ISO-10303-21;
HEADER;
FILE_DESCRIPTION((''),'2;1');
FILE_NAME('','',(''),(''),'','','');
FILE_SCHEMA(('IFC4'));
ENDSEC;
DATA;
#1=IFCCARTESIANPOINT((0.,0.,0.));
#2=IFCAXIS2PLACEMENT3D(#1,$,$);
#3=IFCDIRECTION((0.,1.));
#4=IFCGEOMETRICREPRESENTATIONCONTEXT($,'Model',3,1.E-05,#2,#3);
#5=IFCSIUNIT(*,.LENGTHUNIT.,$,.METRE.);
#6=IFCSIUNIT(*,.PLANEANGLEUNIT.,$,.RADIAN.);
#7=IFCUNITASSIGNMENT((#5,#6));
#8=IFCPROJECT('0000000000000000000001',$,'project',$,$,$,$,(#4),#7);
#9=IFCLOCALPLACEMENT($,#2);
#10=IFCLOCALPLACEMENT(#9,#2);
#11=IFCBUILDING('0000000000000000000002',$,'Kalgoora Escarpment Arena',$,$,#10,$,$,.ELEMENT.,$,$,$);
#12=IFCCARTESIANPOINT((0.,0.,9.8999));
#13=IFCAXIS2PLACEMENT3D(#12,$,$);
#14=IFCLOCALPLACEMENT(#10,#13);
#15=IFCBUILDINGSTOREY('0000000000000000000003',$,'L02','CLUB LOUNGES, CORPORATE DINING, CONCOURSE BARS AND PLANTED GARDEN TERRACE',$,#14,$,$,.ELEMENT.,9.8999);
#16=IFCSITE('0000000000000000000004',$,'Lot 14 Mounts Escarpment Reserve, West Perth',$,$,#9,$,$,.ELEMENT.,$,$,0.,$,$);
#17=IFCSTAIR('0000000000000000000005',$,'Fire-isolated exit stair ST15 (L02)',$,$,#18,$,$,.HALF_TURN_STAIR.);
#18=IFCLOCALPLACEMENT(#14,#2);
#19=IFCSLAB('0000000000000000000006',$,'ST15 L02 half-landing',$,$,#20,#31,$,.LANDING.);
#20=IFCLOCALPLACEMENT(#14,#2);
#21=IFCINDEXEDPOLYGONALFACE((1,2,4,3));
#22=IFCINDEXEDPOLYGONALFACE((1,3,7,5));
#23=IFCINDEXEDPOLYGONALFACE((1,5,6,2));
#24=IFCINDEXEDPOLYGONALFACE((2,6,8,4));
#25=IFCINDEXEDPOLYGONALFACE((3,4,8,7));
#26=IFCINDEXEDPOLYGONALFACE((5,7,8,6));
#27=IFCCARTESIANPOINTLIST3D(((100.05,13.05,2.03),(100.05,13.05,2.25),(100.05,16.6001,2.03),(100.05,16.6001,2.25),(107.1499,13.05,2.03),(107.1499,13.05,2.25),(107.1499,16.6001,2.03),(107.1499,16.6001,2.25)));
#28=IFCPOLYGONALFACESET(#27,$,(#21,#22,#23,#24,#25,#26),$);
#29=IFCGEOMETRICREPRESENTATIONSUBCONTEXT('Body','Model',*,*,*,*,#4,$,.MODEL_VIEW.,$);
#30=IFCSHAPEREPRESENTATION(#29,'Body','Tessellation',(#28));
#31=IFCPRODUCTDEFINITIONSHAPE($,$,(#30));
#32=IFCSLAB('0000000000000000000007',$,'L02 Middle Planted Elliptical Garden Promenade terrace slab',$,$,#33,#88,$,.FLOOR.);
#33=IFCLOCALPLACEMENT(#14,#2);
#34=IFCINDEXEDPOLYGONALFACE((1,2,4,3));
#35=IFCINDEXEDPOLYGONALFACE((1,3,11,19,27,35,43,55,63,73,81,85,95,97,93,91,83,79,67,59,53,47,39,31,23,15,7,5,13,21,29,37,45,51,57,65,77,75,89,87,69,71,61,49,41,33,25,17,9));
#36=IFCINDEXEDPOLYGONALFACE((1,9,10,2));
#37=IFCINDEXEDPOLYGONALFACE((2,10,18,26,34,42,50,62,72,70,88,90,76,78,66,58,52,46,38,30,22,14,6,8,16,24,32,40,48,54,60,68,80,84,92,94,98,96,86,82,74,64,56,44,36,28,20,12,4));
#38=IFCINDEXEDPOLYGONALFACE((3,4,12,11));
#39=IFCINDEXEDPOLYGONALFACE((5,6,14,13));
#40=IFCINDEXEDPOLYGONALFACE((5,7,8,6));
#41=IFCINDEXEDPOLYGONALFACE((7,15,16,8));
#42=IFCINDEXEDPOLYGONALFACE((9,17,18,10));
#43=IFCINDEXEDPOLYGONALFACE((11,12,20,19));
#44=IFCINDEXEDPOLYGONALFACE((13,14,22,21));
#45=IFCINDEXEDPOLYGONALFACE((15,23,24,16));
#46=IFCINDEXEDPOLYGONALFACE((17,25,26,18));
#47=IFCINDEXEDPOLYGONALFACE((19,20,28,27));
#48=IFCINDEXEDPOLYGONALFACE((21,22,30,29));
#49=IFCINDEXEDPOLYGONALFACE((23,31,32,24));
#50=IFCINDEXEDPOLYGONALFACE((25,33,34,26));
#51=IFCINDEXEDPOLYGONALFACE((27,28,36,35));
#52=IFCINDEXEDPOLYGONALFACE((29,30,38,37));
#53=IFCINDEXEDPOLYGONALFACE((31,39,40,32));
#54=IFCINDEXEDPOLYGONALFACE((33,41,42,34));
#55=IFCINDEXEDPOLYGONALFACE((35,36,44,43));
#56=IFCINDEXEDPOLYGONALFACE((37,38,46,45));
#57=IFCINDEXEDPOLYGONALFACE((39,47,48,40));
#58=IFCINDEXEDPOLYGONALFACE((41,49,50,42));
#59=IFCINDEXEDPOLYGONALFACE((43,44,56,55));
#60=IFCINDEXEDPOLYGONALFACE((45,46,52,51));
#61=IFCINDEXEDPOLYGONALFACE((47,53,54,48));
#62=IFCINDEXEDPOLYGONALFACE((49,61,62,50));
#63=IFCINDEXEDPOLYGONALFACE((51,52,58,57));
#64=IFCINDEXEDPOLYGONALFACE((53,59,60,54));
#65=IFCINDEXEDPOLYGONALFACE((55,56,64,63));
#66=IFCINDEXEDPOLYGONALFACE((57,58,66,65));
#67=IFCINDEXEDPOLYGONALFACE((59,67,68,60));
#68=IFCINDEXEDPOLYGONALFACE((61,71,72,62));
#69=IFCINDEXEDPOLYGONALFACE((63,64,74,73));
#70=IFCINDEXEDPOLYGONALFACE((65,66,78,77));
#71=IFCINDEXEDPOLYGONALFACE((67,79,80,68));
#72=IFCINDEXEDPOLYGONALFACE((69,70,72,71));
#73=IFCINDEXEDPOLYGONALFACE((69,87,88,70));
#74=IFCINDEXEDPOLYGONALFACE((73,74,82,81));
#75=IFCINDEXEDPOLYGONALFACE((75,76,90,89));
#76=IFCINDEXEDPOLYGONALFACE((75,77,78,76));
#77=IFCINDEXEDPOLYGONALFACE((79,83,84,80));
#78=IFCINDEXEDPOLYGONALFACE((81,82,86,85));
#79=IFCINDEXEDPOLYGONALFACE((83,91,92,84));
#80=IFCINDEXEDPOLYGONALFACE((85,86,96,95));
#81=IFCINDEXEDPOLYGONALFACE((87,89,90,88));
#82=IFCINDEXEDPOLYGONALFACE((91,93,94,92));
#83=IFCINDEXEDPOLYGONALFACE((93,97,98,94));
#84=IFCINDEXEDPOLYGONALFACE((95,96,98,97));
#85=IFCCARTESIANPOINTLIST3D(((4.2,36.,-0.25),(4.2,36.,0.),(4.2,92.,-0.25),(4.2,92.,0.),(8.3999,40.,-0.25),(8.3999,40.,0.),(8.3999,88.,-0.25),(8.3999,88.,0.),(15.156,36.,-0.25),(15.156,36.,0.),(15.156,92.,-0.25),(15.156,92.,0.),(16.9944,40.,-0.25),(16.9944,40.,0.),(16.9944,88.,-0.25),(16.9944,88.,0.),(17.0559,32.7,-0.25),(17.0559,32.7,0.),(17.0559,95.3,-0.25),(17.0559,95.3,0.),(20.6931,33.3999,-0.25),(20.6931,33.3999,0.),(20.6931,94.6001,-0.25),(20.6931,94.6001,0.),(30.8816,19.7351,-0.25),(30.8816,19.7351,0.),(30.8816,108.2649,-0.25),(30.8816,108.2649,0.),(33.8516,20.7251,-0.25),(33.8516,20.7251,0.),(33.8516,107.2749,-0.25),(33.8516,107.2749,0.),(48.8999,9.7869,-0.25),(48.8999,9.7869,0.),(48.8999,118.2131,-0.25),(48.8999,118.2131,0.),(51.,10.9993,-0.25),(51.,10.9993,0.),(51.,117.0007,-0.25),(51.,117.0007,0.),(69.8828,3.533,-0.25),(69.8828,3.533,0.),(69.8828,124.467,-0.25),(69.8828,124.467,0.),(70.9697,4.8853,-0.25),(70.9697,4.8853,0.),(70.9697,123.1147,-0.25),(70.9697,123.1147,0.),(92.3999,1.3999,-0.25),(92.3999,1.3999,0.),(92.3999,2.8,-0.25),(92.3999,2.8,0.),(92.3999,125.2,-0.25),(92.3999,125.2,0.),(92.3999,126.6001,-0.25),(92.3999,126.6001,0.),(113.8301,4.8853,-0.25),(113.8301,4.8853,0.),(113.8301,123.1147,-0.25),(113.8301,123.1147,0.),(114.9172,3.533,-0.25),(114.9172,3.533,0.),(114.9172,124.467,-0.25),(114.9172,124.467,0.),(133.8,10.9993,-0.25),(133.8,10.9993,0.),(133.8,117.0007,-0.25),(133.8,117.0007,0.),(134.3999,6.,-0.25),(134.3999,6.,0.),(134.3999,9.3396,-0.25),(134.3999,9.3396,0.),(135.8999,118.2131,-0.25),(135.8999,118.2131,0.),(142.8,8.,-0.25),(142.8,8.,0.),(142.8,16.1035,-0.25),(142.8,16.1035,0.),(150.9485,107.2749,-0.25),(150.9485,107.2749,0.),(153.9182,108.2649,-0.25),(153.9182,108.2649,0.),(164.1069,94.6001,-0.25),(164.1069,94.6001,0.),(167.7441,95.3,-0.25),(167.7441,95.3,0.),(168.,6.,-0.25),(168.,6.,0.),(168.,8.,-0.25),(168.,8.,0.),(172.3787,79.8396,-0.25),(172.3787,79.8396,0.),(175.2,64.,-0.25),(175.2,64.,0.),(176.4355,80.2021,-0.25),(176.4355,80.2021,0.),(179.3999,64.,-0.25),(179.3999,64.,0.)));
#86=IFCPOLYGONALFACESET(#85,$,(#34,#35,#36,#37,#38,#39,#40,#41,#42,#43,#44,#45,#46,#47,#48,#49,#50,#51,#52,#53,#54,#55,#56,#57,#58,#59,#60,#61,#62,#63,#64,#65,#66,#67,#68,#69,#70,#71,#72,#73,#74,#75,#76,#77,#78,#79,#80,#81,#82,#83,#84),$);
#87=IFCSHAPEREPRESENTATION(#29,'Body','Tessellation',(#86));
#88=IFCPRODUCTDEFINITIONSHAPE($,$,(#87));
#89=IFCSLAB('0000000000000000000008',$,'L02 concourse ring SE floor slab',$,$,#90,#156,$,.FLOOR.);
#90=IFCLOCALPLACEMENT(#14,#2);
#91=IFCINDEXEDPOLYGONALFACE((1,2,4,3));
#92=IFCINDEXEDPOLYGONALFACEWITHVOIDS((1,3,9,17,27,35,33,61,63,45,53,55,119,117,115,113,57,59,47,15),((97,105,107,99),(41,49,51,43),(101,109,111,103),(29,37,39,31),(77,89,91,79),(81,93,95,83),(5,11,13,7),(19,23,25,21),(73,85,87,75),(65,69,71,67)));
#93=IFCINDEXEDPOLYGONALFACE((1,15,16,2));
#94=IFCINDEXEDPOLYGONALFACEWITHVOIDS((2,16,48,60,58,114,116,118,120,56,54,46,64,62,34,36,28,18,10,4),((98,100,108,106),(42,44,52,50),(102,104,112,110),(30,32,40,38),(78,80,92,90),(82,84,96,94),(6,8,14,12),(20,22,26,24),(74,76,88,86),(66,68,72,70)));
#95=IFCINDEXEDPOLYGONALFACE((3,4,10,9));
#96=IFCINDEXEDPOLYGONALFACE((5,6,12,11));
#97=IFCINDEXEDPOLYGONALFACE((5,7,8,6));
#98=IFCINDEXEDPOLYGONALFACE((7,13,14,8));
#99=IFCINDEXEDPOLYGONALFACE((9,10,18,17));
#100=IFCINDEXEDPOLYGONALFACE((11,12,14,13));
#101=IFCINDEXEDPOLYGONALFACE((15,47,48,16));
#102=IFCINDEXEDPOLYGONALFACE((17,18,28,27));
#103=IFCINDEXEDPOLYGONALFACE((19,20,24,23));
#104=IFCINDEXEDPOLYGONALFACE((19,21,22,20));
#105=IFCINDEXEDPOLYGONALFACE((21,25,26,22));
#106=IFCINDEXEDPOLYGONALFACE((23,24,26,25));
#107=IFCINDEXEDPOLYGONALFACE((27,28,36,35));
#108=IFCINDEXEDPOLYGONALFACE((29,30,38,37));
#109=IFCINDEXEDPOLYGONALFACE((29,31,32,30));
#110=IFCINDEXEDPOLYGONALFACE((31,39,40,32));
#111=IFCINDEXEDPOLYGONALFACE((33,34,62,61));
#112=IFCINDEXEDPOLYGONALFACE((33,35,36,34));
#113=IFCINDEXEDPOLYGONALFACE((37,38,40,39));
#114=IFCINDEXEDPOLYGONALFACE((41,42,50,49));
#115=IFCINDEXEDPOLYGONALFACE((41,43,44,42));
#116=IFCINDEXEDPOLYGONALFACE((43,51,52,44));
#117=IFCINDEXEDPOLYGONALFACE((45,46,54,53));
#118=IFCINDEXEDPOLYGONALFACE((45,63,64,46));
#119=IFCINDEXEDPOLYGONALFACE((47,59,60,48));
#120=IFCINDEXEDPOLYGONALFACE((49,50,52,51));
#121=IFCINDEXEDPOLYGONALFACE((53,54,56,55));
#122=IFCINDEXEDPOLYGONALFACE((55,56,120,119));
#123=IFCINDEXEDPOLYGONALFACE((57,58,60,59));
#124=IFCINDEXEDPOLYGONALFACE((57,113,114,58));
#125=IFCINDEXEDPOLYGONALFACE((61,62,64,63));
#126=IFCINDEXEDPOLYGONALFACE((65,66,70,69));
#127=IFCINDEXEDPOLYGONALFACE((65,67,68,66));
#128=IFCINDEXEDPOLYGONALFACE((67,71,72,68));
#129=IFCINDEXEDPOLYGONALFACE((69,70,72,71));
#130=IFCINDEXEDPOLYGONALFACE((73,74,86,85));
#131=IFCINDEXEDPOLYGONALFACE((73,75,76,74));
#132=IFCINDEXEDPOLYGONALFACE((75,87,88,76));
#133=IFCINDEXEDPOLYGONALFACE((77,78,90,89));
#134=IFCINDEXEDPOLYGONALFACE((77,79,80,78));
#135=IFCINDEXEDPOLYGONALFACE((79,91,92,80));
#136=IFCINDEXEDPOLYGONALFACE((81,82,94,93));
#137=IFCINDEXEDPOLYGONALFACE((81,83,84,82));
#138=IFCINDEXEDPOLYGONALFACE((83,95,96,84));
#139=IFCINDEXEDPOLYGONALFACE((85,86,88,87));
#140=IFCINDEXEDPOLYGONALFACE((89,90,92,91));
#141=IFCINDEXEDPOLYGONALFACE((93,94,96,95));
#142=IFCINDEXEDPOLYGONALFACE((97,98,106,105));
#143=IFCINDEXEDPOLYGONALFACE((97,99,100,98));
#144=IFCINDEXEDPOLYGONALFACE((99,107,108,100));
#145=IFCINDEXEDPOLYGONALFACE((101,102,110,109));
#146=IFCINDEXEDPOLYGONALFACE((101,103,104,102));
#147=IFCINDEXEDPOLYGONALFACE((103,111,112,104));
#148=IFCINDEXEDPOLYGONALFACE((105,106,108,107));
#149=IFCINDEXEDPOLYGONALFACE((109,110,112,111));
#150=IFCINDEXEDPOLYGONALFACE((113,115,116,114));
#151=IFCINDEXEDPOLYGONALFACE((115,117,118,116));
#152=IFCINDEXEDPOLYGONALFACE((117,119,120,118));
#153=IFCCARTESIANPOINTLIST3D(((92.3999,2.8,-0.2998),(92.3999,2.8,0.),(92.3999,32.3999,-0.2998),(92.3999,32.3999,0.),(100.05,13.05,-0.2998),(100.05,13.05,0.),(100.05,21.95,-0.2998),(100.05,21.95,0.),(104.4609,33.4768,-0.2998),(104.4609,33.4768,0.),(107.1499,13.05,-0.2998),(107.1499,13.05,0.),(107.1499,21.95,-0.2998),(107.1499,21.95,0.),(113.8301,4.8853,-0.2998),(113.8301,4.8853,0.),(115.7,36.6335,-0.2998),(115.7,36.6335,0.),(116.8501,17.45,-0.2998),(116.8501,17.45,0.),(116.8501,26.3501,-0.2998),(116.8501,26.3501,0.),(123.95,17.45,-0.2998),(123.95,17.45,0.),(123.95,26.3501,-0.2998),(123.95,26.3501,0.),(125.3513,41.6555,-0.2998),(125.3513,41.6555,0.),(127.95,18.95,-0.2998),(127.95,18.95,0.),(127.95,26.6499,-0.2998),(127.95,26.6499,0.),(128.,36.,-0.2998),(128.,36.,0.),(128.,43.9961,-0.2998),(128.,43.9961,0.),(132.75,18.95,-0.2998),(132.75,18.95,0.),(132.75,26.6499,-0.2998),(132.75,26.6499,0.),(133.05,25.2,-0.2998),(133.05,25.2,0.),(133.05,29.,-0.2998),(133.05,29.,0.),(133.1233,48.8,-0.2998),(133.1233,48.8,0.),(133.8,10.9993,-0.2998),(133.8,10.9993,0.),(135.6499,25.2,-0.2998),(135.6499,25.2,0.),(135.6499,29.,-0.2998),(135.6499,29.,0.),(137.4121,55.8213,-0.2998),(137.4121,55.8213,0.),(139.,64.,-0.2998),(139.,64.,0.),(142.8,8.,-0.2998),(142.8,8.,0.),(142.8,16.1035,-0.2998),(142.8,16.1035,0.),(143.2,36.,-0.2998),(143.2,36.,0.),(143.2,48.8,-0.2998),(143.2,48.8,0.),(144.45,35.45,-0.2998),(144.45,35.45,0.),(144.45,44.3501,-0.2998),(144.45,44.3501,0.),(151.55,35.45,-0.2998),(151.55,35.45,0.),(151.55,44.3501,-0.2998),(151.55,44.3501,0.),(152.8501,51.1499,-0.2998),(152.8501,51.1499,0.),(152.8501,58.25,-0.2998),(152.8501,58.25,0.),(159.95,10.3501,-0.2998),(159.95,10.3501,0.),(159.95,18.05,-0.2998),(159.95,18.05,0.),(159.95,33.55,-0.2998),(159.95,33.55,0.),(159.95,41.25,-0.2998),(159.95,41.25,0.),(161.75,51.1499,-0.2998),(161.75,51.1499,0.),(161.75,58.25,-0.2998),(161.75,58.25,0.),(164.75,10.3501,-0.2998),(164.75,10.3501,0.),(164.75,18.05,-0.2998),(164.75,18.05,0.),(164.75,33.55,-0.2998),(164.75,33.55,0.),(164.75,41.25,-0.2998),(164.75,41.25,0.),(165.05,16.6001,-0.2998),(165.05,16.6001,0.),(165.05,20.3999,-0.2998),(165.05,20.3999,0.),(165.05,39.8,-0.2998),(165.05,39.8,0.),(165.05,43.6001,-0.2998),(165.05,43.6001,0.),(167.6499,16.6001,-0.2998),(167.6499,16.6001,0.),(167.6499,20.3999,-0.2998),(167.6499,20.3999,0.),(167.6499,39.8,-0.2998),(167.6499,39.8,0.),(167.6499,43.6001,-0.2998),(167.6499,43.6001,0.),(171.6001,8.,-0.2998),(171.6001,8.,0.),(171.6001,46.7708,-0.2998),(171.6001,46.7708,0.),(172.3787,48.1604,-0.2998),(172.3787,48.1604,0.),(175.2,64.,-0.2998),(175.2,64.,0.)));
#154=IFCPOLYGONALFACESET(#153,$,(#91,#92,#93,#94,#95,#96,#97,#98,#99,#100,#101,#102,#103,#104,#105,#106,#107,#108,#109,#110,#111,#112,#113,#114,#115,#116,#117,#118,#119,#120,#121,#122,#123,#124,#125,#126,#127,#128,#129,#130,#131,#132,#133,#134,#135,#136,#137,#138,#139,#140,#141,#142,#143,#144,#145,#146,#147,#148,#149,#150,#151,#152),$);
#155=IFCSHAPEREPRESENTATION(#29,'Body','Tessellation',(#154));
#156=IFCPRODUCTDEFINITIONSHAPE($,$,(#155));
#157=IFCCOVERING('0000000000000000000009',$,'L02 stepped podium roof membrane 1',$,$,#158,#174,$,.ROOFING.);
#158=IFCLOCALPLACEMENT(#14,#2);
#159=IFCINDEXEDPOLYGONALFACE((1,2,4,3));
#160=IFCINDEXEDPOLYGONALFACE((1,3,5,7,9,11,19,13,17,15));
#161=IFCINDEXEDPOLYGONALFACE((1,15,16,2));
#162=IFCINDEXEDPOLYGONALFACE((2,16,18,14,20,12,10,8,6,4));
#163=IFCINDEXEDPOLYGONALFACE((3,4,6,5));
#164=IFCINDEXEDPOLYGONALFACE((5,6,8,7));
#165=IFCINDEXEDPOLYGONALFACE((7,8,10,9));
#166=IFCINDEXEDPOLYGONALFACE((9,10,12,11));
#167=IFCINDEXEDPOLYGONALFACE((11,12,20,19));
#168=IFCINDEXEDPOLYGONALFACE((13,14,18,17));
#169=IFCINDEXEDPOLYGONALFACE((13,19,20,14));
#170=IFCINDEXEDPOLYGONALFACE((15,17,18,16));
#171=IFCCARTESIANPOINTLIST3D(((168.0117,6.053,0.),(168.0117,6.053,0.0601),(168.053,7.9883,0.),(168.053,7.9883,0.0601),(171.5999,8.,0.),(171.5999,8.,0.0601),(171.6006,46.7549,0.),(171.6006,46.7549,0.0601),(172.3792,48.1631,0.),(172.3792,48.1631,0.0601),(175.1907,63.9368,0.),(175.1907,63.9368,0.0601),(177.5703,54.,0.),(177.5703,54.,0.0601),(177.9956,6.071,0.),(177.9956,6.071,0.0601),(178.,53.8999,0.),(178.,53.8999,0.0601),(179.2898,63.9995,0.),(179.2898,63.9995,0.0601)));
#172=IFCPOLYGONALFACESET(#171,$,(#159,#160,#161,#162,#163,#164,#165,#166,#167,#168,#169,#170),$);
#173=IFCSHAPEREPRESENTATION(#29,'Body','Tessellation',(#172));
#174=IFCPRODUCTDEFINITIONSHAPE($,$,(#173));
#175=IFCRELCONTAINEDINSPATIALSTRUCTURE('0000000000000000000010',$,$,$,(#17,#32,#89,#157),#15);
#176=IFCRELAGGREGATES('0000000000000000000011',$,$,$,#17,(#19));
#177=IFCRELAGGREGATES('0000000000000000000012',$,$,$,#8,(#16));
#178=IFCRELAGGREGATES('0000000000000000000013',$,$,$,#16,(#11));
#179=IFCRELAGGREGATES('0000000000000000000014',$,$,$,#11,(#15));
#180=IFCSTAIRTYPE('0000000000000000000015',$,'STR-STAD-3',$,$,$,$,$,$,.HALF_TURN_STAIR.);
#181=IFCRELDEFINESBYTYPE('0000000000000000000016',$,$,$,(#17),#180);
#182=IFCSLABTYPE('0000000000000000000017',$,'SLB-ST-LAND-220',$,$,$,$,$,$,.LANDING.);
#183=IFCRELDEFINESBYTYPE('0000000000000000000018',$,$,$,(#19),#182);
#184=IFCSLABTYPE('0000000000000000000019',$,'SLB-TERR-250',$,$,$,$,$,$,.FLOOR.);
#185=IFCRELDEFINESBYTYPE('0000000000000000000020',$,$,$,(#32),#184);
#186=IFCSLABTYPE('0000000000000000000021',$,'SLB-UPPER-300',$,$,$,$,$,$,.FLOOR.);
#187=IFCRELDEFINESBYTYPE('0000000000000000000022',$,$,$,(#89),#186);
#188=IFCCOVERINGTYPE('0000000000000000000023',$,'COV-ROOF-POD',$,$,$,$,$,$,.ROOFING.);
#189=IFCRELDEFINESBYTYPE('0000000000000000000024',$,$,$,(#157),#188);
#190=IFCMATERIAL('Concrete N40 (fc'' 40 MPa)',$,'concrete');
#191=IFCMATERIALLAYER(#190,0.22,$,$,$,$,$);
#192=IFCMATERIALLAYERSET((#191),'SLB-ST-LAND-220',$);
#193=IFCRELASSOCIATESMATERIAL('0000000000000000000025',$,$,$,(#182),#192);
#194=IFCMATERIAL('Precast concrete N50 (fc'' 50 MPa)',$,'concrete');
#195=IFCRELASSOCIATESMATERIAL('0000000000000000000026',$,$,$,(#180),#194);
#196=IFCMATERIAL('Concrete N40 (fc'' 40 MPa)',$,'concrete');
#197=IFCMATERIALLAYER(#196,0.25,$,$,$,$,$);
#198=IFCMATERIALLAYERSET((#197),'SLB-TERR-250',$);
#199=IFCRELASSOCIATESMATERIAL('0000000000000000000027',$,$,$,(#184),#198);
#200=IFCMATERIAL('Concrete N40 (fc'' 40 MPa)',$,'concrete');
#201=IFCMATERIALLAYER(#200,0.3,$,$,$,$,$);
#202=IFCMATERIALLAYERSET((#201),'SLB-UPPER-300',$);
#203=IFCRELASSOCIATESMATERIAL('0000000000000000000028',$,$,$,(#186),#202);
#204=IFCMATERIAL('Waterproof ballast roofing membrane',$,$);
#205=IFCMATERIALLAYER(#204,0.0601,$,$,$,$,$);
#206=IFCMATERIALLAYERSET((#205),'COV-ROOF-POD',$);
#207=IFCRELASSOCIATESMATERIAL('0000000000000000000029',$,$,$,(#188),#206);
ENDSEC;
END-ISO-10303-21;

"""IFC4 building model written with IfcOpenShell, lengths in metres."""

from ifc_helpers import new_model, si_unit, direction, frame, origin, place, context, subcontext, project, spatial, polyline, outline, extrude, material, layer, layer_set, type_object, element, aggregate, save


model = new_model("IFC4")

# Units and contexts
model_context = context("Model", 3, precision=1e-05, world=origin(), true_north=direction((0.0, 1.0)))
body_context = subcontext(model_context, "Body", "Model", "MODEL_VIEW")
ifc_project = project(units=[si_unit("LENGTHUNIT", "METRE"), si_unit("PLANEANGLEUNIT", "RADIAN")], contexts=[model_context])

# Site, building, storey
site_placement = place(None, origin())
site = spatial("IfcSite", under=ifc_project, at=site_placement, Name="Lot 14 Mounts Escarpment Reserve, West Perth", CompositionType="ELEMENT", RefElevation=0.0)
building_placement = place(site_placement, origin())
building = spatial("IfcBuilding", under=site, at=building_placement, Name="Kalgoora Escarpment Arena", CompositionType="ELEMENT")
storey_placement = place(building_placement, frame((0.0, 0.0, 9.8999)))
storey = spatial("IfcBuildingStorey", under=building, at=storey_placement, Name="L02", Description="CLUB LOUNGES, CORPORATE DINING, CONCOURSE BARS AND PLANTED GARDEN TERRACE", CompositionType="ELEMENT", Elevation=9.8999)

# Stair, slab
ifc_material_1 = material(Name="Concrete N40 (fc' 40 MPa)", Category="concrete")
ifc_layer_1 = layer(ifc_material_1, 0.22)
ifc_layer_set_1 = layer_set([ifc_layer_1], Name="SLB-ST-LAND-220")
slab_type_1 = type_object("IfcSlabType", Name="SLB-ST-LAND-220", PredefinedType="LANDING", material=ifc_layer_set_1)
ifc_material_2 = material(Name="Precast concrete N50 (fc' 50 MPa)", Category="concrete")
stair_type_1 = type_object("IfcStairType", Name="STR-STAD-3", PredefinedType="HALF_TURN_STAIR", material=ifc_material_2)
stair_1_placement = place(storey_placement, origin())
stair_1 = element("IfcStair", 1, at=stair_1_placement, inside=storey, type_object=stair_type_1, Name="Fire-isolated exit stair ST15 (L02)", PredefinedType="HALF_TURN_STAIR")
slab_1_placement = place(storey_placement, frame((0.0, 0.0, 2.03)))
slab_1 = element("IfcSlab", 2, at=slab_1_placement, type_object=slab_type_1, Name="ST15 L02 half-landing", PredefinedType="LANDING", context=body_context, shape_type="SweptSolid", body=[
    extrude(outline(polyline([(107.1499, 16.6001), (107.1499, 13.05), (100.05, 13.05), (100.05, 16.6001), (107.1499, 16.6001)])), origin(), (0.0, 0.0, 1.0), 0.22),
])
aggregate(stair_1, [slab_1])

# Slabs
ifc_material_3 = material(Name="Concrete N40 (fc' 40 MPa)", Category="concrete")
ifc_layer_2 = layer(ifc_material_3, 0.25)
ifc_layer_set_2 = layer_set([ifc_layer_2], Name="SLB-TERR-250")
slab_type_2 = type_object("IfcSlabType", Name="SLB-TERR-250", PredefinedType="FLOOR", material=ifc_layer_set_2)
slab_2_placement = place(storey_placement, frame((0.0, 0.0, -0.25)))
element("IfcSlab", 3, at=slab_2_placement, inside=storey, type_object=slab_type_2, Name="L02 Middle Planted Elliptical Garden Promenade terrace slab", PredefinedType="FLOOR", context=body_context, shape_type="SweptSolid", body=[
    extrude(outline(polyline([(69.8828, 3.533), (48.8999, 9.7869), (30.8816, 19.7351), (17.0559, 32.7), (15.156, 36.0), (4.2, 36.0), (4.2, 92.0), (15.156, 92.0), (17.0559, 95.3), (30.8816, 108.2649), (48.8999, 118.2131), (69.8828, 124.467), (92.3999, 126.6001), (114.9172, 124.467), (135.8999, 118.2131), (153.9182, 108.2649), (167.7441, 95.3), (176.4355, 80.2021), (179.3999, 64.0), (175.2, 64.0), (172.3787, 79.8396), (164.1069, 94.6001), (150.9485, 107.2749), (133.8, 117.0007), (113.8301, 123.1147), (92.3999, 125.2), (70.9697, 123.1147), (51.0, 117.0007), (33.8516, 107.2749), (20.6931, 94.6001), (16.9944, 88.0), (8.3999, 88.0), (8.3999, 40.0), (16.9944, 40.0), (20.6931, 33.3999), (33.8516, 20.7251), (51.0, 10.9993), (70.9697, 4.8853), (92.3999, 2.8), (113.8301, 4.8853), (133.8, 10.9993), (142.8, 16.1035), (142.8, 8.0), (168.0, 8.0), (168.0, 6.0), (134.3999, 6.0), (134.3999, 9.3396), (114.9172, 3.533), (92.3999, 1.3999), (69.8828, 3.533)])), origin(), (0.0, 0.0, 1.0), 0.25),
])
ifc_material_4 = material(Name="Concrete N40 (fc' 40 MPa)", Category="concrete")
ifc_layer_3 = layer(ifc_material_4, 0.3)
ifc_layer_set_3 = layer_set([ifc_layer_3], Name="SLB-UPPER-300")
slab_type_3 = type_object("IfcSlabType", Name="SLB-UPPER-300", PredefinedType="FLOOR", material=ifc_layer_set_3)
slab_3_placement = place(storey_placement, frame((0.0, 0.0, -0.2998)))
element("IfcSlab", 4, at=slab_3_placement, inside=storey, type_object=slab_type_3, Name="L02 concourse ring SE floor slab", PredefinedType="FLOOR", context=body_context, shape_type="SweptSolid", body=[
    extrude(outline(polyline([(133.8, 10.9993), (113.8301, 4.8853), (92.3999, 2.8), (92.3999, 32.3999), (104.4609, 33.4768), (115.7, 36.6335), (125.3513, 41.6555), (128.0, 43.9961), (128.0, 36.0), (143.2, 36.0), (143.2, 48.8), (133.1233, 48.8), (137.4121, 55.8213), (139.0, 64.0), (175.2, 64.0), (172.3787, 48.1604), (171.6001, 46.7708), (171.6001, 8.0), (142.8, 8.0), (142.8, 16.1035), (133.8, 10.9993)]), holes=[polyline([(164.75, 18.05), (159.95, 18.05), (159.95, 10.3501), (164.75, 10.3501), (164.75, 18.05)]), polyline([(107.1499, 21.95), (100.05, 21.95), (100.05, 13.05), (107.1499, 13.05), (107.1499, 21.95)]), polyline([(167.6499, 20.3999), (165.05, 20.3999), (165.05, 16.6001), (167.6499, 16.6001), (167.6499, 20.3999)]), polyline([(123.95, 26.3501), (116.8501, 26.3501), (116.8501, 17.45), (123.95, 17.45), (123.95, 26.3501)]), polyline([(132.75, 26.6499), (127.95, 26.6499), (127.95, 18.95), (132.75, 18.95), (132.75, 26.6499)]), polyline([(135.6499, 29.0), (133.05, 29.0), (133.05, 25.2), (135.6499, 25.2), (135.6499, 29.0)]), polyline([(164.75, 41.25), (159.95, 41.25), (159.95, 33.55), (164.75, 33.55), (164.75, 41.25)]), polyline([(151.55, 44.3501), (144.45, 44.3501), (144.45, 35.45), (151.55, 35.45), (151.55, 44.3501)]), polyline([(167.6499, 43.6001), (165.05, 43.6001), (165.05, 39.8), (167.6499, 39.8), (167.6499, 43.6001)]), polyline([(161.75, 58.25), (152.8501, 58.25), (152.8501, 51.1499), (161.75, 51.1499), (161.75, 58.25)])]), origin(), (0.0, 0.0, 1.0), 0.2998),
])

# Covering
ifc_material_5 = material(Name="Waterproof ballast roofing membrane")
ifc_layer_4 = layer(ifc_material_5, 0.0601)
ifc_layer_set_4 = layer_set([ifc_layer_4], Name="COV-ROOF-POD")
covering_type = type_object("IfcCoveringType", Name="COV-ROOF-POD", PredefinedType="ROOFING", material=ifc_layer_set_4)
covering_placement = place(storey_placement, origin())
element("IfcCovering", 5, at=covering_placement, inside=storey, type_object=covering_type, Name="L02 stepped podium roof membrane 1", PredefinedType="ROOFING", context=body_context, shape_type="SweptSolid", body=[
    extrude(outline(polyline([(171.5999, 8.0), (171.6006, 46.7549), (172.3792, 48.1631), (175.1907, 63.9368), (179.2898, 63.9995), (177.5703, 54.0), (178.0, 53.8999), (177.9956, 6.071), (168.0117, 6.053), (168.053, 7.9883), (171.5999, 8.0)])), origin(), (0.0, 0.0, 1.0), 0.0601),
])

save(model, "model.ifc")
